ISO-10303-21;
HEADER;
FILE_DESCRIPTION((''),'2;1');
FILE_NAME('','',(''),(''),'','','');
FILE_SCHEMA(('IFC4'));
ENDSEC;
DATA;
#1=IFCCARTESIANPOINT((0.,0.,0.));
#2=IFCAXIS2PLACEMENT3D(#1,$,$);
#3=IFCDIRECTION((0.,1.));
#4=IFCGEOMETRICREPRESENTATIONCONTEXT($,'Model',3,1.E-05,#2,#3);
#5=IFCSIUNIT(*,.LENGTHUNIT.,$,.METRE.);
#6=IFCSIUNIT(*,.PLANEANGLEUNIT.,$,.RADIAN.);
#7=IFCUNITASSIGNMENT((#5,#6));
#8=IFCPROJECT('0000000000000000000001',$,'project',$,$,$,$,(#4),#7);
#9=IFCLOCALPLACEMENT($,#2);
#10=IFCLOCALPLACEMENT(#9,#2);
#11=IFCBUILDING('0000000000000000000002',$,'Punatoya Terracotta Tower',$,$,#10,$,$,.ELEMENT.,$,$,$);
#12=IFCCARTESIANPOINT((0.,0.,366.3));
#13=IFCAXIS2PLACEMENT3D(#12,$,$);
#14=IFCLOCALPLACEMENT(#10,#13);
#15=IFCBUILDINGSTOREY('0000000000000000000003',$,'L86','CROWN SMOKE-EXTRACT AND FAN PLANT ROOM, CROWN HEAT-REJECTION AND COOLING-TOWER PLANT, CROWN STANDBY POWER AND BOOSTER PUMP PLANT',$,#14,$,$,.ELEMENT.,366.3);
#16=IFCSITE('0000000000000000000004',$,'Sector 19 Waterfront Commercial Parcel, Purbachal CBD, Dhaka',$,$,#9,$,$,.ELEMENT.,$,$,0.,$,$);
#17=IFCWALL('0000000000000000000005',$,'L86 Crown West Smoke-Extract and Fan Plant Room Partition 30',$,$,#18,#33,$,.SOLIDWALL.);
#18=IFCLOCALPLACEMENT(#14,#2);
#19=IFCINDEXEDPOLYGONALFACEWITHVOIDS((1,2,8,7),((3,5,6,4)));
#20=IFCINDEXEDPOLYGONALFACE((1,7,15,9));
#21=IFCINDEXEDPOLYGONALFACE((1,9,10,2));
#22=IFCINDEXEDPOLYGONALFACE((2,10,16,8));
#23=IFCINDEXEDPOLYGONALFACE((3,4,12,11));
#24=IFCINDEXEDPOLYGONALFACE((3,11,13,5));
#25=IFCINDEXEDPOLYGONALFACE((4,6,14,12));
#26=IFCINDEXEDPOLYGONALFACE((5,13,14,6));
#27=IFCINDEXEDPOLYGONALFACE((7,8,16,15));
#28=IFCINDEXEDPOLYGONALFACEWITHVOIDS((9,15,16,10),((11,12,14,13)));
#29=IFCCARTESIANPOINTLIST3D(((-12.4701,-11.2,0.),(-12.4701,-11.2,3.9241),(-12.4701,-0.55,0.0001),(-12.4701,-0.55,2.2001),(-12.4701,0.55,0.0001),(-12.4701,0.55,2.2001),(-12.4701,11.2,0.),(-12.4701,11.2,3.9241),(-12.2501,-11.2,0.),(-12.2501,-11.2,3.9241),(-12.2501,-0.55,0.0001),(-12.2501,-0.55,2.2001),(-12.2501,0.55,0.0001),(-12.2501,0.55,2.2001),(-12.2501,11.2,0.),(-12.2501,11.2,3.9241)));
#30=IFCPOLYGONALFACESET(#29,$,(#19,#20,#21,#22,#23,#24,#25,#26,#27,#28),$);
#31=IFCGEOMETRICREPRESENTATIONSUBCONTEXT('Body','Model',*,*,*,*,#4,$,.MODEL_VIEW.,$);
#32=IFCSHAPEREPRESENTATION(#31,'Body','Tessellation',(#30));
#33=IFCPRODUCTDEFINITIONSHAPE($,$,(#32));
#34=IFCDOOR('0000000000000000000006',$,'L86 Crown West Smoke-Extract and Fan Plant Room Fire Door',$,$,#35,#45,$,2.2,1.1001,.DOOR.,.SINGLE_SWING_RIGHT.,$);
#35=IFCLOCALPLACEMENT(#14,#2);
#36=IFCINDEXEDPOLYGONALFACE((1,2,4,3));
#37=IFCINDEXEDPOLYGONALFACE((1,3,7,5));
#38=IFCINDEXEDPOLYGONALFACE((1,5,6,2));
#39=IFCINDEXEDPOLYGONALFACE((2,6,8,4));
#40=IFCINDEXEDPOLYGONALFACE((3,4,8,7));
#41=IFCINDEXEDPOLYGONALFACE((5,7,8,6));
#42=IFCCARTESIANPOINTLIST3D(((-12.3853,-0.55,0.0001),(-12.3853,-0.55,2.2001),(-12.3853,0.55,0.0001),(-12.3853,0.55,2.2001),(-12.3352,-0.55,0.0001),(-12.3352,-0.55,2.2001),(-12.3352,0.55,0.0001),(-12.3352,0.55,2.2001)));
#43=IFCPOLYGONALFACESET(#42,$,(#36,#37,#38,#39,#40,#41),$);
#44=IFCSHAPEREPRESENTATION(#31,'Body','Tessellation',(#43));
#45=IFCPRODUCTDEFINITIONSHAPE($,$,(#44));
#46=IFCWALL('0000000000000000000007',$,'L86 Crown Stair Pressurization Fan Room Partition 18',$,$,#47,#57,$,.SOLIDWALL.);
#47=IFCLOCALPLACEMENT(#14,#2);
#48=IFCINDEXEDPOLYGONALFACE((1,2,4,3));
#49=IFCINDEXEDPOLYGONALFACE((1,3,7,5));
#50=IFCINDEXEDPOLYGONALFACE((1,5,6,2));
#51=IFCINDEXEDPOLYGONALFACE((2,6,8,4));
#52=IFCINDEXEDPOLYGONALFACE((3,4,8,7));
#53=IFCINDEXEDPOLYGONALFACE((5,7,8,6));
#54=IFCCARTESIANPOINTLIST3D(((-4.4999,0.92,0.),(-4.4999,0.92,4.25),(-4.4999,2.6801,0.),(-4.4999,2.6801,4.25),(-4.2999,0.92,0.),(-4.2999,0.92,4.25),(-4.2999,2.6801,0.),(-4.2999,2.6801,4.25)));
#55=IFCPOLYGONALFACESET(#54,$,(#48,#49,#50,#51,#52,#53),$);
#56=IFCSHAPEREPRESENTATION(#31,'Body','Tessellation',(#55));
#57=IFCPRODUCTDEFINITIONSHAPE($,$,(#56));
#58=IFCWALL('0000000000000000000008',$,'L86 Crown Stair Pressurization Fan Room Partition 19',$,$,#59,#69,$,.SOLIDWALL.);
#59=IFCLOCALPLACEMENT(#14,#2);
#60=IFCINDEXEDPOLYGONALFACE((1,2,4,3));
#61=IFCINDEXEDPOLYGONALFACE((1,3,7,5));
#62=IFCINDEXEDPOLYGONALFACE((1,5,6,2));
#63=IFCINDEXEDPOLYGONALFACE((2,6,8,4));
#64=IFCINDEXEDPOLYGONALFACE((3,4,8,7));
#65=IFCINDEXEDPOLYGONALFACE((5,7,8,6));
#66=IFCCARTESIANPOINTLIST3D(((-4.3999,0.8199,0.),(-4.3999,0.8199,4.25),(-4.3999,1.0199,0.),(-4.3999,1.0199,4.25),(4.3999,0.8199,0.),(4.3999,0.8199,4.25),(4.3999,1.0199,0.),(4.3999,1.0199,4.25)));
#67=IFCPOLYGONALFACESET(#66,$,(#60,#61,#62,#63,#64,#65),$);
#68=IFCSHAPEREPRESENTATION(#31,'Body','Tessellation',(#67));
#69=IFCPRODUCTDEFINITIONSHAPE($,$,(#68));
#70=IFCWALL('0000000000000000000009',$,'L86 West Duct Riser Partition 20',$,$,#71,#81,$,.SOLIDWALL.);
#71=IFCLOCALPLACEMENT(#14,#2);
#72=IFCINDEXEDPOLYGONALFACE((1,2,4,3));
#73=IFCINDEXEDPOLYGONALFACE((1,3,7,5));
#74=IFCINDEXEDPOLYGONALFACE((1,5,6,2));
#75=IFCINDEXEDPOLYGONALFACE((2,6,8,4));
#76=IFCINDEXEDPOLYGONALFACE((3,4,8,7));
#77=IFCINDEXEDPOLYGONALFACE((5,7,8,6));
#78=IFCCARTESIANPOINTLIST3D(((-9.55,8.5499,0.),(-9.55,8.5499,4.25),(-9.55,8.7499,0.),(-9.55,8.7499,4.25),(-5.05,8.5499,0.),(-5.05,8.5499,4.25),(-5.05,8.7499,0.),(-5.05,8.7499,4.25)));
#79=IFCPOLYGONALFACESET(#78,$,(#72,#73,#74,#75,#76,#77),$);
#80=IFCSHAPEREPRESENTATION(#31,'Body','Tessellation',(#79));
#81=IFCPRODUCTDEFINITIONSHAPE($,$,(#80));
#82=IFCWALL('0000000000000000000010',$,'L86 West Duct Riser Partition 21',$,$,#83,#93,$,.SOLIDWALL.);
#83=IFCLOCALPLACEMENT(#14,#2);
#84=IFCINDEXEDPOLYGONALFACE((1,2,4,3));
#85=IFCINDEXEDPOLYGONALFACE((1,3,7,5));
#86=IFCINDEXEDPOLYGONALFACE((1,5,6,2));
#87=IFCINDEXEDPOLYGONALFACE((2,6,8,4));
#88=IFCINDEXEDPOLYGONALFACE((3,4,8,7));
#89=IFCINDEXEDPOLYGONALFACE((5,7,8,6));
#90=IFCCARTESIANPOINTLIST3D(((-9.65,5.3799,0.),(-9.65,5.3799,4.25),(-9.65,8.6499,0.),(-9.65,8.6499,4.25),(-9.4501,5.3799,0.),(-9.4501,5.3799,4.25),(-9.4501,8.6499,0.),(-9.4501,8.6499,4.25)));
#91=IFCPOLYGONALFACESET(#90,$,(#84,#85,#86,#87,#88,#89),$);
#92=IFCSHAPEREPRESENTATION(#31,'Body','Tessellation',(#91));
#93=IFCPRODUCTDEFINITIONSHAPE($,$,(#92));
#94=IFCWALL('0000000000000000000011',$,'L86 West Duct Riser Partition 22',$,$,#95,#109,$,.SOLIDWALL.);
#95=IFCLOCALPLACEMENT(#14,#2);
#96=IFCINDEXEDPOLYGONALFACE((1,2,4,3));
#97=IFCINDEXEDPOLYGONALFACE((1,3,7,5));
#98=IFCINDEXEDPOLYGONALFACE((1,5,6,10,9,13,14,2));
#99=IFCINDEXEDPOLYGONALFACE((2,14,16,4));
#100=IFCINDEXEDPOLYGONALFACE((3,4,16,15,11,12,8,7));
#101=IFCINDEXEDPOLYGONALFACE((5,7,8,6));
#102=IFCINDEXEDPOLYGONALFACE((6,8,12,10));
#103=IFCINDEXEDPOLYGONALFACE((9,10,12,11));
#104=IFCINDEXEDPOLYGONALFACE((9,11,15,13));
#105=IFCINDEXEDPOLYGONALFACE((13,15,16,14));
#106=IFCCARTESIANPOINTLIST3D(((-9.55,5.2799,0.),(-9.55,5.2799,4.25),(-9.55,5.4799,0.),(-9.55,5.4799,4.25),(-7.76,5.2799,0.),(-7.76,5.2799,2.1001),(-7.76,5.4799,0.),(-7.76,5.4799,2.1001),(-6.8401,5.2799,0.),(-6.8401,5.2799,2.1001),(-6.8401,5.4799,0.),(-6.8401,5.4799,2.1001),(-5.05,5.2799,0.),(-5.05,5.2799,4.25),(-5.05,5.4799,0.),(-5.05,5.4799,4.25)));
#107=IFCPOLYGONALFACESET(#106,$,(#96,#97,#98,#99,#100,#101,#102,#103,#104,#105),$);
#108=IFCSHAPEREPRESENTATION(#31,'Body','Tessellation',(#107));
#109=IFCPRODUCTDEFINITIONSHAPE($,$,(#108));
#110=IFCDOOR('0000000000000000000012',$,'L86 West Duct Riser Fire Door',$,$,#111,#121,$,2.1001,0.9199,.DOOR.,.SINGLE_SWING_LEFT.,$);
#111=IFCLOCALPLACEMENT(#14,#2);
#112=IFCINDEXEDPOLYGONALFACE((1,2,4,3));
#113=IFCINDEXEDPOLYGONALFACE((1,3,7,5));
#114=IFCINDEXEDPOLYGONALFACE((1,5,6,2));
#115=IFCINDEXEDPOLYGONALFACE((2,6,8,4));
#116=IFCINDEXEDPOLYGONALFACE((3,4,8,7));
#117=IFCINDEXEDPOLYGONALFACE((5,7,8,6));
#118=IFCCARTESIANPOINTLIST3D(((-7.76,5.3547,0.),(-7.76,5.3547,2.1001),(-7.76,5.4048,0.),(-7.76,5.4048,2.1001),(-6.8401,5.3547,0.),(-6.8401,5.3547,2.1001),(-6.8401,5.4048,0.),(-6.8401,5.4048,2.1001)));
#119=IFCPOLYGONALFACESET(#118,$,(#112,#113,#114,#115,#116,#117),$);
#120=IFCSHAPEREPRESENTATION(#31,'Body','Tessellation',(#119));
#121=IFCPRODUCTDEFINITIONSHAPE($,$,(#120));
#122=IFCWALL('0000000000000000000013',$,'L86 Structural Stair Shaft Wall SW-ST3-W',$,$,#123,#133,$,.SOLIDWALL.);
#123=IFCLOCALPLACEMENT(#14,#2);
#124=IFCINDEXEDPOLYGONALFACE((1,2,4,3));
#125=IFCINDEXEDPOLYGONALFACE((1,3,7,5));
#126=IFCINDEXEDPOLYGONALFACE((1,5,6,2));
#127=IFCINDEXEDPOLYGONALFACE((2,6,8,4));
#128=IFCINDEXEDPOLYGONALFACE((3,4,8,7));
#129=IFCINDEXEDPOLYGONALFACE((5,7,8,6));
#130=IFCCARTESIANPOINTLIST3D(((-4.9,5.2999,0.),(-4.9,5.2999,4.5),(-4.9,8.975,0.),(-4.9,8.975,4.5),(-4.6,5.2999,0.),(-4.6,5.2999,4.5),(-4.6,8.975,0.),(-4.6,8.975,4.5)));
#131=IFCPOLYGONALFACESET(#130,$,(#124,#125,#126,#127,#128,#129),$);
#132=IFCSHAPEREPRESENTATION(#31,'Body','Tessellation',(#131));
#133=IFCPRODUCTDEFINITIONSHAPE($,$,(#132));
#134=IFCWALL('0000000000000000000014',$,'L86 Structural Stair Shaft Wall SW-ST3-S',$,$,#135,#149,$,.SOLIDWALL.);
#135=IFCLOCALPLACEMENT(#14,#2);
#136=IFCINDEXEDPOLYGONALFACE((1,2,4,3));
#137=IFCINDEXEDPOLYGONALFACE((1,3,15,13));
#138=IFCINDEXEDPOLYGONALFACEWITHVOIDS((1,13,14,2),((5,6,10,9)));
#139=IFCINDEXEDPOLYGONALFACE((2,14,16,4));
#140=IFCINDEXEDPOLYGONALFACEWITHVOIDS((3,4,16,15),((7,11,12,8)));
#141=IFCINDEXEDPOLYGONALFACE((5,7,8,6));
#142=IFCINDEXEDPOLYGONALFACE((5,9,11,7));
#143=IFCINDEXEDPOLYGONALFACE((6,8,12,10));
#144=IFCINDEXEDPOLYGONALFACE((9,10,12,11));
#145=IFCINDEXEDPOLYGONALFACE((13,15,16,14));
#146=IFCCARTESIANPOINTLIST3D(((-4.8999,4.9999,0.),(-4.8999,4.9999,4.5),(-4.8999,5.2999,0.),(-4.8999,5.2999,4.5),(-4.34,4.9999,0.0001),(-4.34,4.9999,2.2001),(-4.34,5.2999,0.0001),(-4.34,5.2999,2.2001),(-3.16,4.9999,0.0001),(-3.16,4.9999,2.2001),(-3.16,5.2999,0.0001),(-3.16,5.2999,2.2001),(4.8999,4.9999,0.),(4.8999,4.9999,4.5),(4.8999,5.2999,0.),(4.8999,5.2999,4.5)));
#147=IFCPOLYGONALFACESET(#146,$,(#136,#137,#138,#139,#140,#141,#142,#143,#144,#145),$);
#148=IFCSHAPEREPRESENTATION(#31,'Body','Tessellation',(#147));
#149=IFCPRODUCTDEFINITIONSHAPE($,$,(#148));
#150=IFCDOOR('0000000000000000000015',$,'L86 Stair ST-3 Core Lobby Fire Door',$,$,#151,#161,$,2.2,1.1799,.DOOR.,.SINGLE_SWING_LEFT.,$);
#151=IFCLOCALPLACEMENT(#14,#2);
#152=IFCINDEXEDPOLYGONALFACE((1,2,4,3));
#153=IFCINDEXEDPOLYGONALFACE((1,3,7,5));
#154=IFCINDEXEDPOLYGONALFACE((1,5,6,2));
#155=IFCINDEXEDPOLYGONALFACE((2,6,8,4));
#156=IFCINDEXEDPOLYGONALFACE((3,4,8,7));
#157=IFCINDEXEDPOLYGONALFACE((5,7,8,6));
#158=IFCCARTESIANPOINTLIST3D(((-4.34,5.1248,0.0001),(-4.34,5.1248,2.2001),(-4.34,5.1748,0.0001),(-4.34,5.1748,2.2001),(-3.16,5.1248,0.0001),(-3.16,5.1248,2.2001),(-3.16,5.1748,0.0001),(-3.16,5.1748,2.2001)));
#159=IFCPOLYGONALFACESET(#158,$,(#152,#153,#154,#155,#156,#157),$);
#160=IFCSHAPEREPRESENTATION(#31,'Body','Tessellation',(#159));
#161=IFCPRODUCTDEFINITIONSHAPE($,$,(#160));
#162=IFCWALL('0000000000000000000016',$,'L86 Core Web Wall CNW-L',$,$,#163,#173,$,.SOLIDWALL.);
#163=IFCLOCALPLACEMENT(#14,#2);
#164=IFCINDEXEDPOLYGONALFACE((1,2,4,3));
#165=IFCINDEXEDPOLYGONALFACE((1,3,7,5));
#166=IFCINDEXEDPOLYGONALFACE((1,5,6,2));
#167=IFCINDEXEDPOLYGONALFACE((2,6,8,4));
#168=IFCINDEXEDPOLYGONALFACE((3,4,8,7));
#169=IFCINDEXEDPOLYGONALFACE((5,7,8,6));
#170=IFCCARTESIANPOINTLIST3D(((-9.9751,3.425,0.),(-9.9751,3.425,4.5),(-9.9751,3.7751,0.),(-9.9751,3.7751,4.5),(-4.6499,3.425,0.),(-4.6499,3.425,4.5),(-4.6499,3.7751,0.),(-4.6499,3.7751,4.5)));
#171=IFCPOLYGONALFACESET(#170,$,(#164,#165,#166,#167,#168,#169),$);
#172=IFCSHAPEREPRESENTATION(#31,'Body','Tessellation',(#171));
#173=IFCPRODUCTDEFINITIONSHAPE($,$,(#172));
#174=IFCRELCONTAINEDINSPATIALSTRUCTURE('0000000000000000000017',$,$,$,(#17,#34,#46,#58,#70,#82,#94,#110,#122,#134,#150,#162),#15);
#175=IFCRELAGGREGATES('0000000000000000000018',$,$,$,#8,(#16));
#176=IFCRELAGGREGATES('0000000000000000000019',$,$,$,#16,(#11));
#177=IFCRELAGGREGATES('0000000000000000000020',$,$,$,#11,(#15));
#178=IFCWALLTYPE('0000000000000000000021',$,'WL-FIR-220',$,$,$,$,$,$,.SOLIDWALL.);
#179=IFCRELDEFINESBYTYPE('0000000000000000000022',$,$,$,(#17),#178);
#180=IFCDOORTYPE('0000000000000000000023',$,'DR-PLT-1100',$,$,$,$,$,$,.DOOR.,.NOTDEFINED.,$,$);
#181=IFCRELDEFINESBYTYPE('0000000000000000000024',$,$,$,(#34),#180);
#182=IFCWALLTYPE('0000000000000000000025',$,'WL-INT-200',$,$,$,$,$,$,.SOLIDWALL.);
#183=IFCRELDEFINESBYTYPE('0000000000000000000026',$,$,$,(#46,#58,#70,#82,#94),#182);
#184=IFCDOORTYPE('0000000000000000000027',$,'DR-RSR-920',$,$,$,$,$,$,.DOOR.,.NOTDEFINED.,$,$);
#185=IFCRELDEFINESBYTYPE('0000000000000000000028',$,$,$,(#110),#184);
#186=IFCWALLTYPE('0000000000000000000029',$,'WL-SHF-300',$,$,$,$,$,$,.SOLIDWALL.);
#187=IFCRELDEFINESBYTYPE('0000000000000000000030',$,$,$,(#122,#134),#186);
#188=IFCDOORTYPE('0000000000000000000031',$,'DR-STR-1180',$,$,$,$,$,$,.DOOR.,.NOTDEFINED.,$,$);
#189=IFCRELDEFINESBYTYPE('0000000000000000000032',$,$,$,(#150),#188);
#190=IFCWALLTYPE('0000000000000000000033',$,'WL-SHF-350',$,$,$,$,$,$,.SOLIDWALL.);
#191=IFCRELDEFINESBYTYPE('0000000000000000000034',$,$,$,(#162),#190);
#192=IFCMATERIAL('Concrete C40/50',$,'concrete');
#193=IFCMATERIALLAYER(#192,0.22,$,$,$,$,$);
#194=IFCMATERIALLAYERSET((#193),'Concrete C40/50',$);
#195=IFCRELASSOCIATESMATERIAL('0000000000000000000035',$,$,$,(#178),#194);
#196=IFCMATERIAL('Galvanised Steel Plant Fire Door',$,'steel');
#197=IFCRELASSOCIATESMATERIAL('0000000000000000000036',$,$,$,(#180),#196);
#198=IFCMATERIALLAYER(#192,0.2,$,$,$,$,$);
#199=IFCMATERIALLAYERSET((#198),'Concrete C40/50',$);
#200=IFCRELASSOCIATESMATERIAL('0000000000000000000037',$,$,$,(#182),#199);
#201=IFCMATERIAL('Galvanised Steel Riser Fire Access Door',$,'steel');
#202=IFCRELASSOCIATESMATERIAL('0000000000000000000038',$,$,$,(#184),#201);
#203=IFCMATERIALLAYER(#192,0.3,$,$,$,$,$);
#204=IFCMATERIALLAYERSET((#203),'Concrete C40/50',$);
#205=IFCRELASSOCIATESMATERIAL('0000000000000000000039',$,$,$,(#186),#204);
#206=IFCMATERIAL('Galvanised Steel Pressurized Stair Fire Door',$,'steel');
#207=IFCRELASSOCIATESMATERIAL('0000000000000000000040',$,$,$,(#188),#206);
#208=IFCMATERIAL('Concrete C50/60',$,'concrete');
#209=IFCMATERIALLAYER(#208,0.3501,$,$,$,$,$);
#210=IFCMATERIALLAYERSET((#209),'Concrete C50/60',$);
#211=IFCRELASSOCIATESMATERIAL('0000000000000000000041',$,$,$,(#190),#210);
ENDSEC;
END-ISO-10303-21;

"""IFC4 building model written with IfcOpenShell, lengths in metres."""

from ifc_helpers import new_model, si_unit, direction, frame, frame_2d, origin, place, context, subcontext, project, spatial, rectangle, extrude, material, layer, layer_set, type_object, element, fill, save


model = new_model("IFC4")

# Units and contexts
model_context = context("Model", 3, precision=1e-05, world=origin(), true_north=direction((0.0, 1.0)))
body_context = subcontext(model_context, "Body", "Model", "MODEL_VIEW")
ifc_project = project(units=[si_unit("LENGTHUNIT", "METRE"), si_unit("PLANEANGLEUNIT", "RADIAN")], contexts=[model_context])

# Site, building, storey
site_placement = place(None, origin())
site = spatial("IfcSite", under=ifc_project, at=site_placement, Name="Sector 19 Waterfront Commercial Parcel, Purbachal CBD, Dhaka", CompositionType="ELEMENT", RefElevation=0.0)
building_placement = place(site_placement, origin())
building = spatial("IfcBuilding", under=site, at=building_placement, Name="Punatoya Terracotta Tower", CompositionType="ELEMENT")
storey_placement = place(building_placement, frame((0.0, 0.0, 366.3)))
storey = spatial("IfcBuildingStorey", under=building, at=storey_placement, Name="L86", Description="CROWN SMOKE-EXTRACT AND FAN PLANT ROOM, CROWN HEAT-REJECTION AND COOLING-TOWER PLANT, CROWN STANDBY POWER AND BOOSTER PUMP PLANT", CompositionType="ELEMENT", Elevation=366.3)

# Shared definitions
ifc_material_1 = material(Name="Concrete C50/60", Category="concrete")

# Shared definitions
ifc_material_2 = material(Name="Concrete C40/50", Category="concrete")
ifc_layer_1 = layer(ifc_material_2, 0.22)
ifc_layer_set_1 = layer_set([ifc_layer_1], Name="Concrete C40/50")
wall_type_1 = type_object("IfcWallType", Name="WL-FIR-220", PredefinedType="SOLIDWALL", material=ifc_layer_set_1)

# Wall, opening, door
wall_1_placement = place(storey_placement, frame((-12.3601, 11.2, 0.0), z_axis=(0.0, 0.0, 1.0), x_axis=(0.0, -1.0, 0.0)))
wall_1 = element("IfcWall", 1, at=wall_1_placement, inside=storey, type_object=wall_type_1, Name="L86 Crown West Smoke-Extract and Fan Plant Room Partition 30", PredefinedType="SOLIDWALL", context=body_context, shape_type="SweptSolid", body=[
    extrude(rectangle(XDim=22.3999, YDim=0.22, at=frame_2d((11.2, 0.0))), origin(), (0.0, 0.0, 1.0), 3.9241),
])
opening_1_placement = place(wall_1_placement, frame((10.6499, 0.0, 0.0)))
opening_1 = element("IfcOpeningElement", 2, at=opening_1_placement, cuts=wall_1, PredefinedType="OPENING", context=body_context, shape_type="SweptSolid", body=[
    extrude(rectangle(XDim=1.1001, YDim=2.2, at=frame_2d((0.55, 1.1001))), frame((0.0, 0.1199, 0.0), z_axis=(0.0, -1.0, 0.0), x_axis=(1.0, 0.0, 0.0)), (0.0, 0.0, 1.0), 0.24),
])
ifc_material_3 = material(Name="Galvanised Steel Plant Fire Door", Category="steel")
door_type_1 = type_object("IfcDoorType", Name="DR-PLT-1100", OperationType="NOTDEFINED", PredefinedType="DOOR", material=ifc_material_3)
door_1_placement = place(opening_1_placement, origin())
door_1 = element("IfcDoor", 3, at=door_1_placement, inside=storey, type_object=door_type_1, Name="L86 Crown West Smoke-Extract and Fan Plant Room Fire Door", OperationType="SINGLE_SWING_RIGHT", OverallHeight=2.2, OverallWidth=1.1001, PredefinedType="DOOR", context=body_context, shape_type="SweptSolid", body=[
    extrude(rectangle(XDim=1.1001, YDim=2.2, at=frame_2d((0.55, 1.1001))), frame((0.0, 0.0249, 0.0), z_axis=(0.0, -1.0, 0.0), x_axis=(1.0, 0.0, 0.0)), (0.0, 0.0, 1.0), 0.05),
])
fill(opening_1, door_1)

# Walls
ifc_layer_2 = layer(ifc_material_2, 0.2)
ifc_layer_set_2 = layer_set([ifc_layer_2], Name="Concrete C40/50")
wall_type_2 = type_object("IfcWallType", Name="WL-INT-200", PredefinedType="SOLIDWALL", material=ifc_layer_set_2)
wall_2_placement = place(storey_placement, frame((-4.3999, 2.6799, 0.0), z_axis=(0.0, 0.0, 1.0), x_axis=(0.0, -1.0, 0.0)))
element("IfcWall", 4, at=wall_2_placement, inside=storey, type_object=wall_type_2, Name="L86 Crown Stair Pressurization Fan Room Partition 18", PredefinedType="SOLIDWALL", context=body_context, shape_type="SweptSolid", body=[
    extrude(rectangle(XDim=1.76, YDim=0.2, at=frame_2d((0.8799, 0.0))), origin(), (0.0, 0.0, 1.0), 4.25),
])
wall_3_placement = place(storey_placement, frame((-4.3999, 0.9199, 0.0), z_axis=(0.0, 0.0, 1.0), x_axis=(1.0, 0.0, 0.0)))
element("IfcWall", 5, at=wall_3_placement, inside=storey, type_object=wall_type_2, Name="L86 Crown Stair Pressurization Fan Room Partition 19", PredefinedType="SOLIDWALL", context=body_context, shape_type="SweptSolid", body=[
    extrude(rectangle(XDim=8.7998, YDim=0.2, at=frame_2d((4.3999, 0.0))), origin(), (0.0, 0.0, 1.0), 4.25),
])
wall_4_placement = place(storey_placement, frame((-5.05, 8.6499, 0.0), z_axis=(0.0, 0.0, 1.0), x_axis=(-1.0, 0.0, 0.0)))
element("IfcWall", 6, at=wall_4_placement, inside=storey, type_object=wall_type_2, Name="L86 West Duct Riser Partition 20", PredefinedType="SOLIDWALL", context=body_context, shape_type="SweptSolid", body=[
    extrude(rectangle(XDim=4.5, YDim=0.2, at=frame_2d((2.25, 0.0))), origin(), (0.0, 0.0, 1.0), 4.25),
])
wall_5_placement = place(storey_placement, frame((-9.55, 8.6499, 0.0), z_axis=(0.0, 0.0, 1.0), x_axis=(0.0, -1.0, 0.0)))
element("IfcWall", 7, at=wall_5_placement, inside=storey, type_object=wall_type_2, Name="L86 West Duct Riser Partition 21", PredefinedType="SOLIDWALL", context=body_context, shape_type="SweptSolid", body=[
    extrude(rectangle(XDim=3.27, YDim=0.2, at=frame_2d((1.635, 0.0))), origin(), (0.0, 0.0, 1.0), 4.25),
])

# Wall, opening, door
wall_6_placement = place(storey_placement, frame((-9.55, 5.3799, 0.0), z_axis=(0.0, 0.0, 1.0), x_axis=(1.0, 0.0, 0.0)))
wall_6 = element("IfcWall", 8, at=wall_6_placement, inside=storey, type_object=wall_type_2, Name="L86 West Duct Riser Partition 22", PredefinedType="SOLIDWALL", context=body_context, shape_type="SweptSolid", body=[
    extrude(rectangle(XDim=4.5, YDim=0.2, at=frame_2d((2.25, 0.0))), origin(), (0.0, 0.0, 1.0), 4.25),
])
opening_2_placement = place(wall_6_placement, frame((1.79, 0.0, 0.0)))
opening_2 = element("IfcOpeningElement", 9, at=opening_2_placement, cuts=wall_6, PredefinedType="OPENING", context=body_context, shape_type="SweptSolid", body=[
    extrude(rectangle(XDim=0.9199, YDim=2.1001, at=frame_2d((0.46, 1.05))), frame((0.0, 0.1099, 0.0), z_axis=(0.0, -1.0, 0.0), x_axis=(1.0, 0.0, 0.0)), (0.0, 0.0, 1.0), 0.22),
])
ifc_material_4 = material(Name="Galvanised Steel Riser Fire Access Door", Category="steel")
door_type_2 = type_object("IfcDoorType", Name="DR-RSR-920", OperationType="NOTDEFINED", PredefinedType="DOOR", material=ifc_material_4)
door_2_placement = place(opening_2_placement, origin())
door_2 = element("IfcDoor", 10, at=door_2_placement, inside=storey, type_object=door_type_2, Name="L86 West Duct Riser Fire Door", OperationType="SINGLE_SWING_LEFT", OverallHeight=2.1001, OverallWidth=0.9199, PredefinedType="DOOR", context=body_context, shape_type="SweptSolid", body=[
    extrude(rectangle(XDim=0.9199, YDim=2.1001, at=frame_2d((0.46, 1.05))), frame((0.0, 0.0249, 0.0), z_axis=(0.0, -1.0, 0.0), x_axis=(1.0, 0.0, 0.0)), (0.0, 0.0, 1.0), 0.05),
])
fill(opening_2, door_2)

# Wall
ifc_layer_3 = layer(ifc_material_2, 0.3)
ifc_layer_set_3 = layer_set([ifc_layer_3], Name="Concrete C40/50")
wall_type_3 = type_object("IfcWallType", Name="WL-SHF-300", PredefinedType="SOLIDWALL", material=ifc_layer_set_3)
wall_7_placement = place(storey_placement, frame((-4.75, 5.3, 0.0), z_axis=(0.0, 0.0, 1.0), x_axis=(0.0, 1.0, 0.0)))
element("IfcWall", 11, at=wall_7_placement, inside=storey, type_object=wall_type_3, Name="L86 Structural Stair Shaft Wall SW-ST3-W", PredefinedType="SOLIDWALL", context=body_context, shape_type="SweptSolid", body=[
    extrude(rectangle(XDim=3.675, YDim=0.3, at=frame_2d((1.8374, 0.0))), origin(), (0.0, 0.0, 1.0), 4.5),
])

# Wall, opening, door
wall_8_placement = place(storey_placement, frame((-4.8999, 5.1499, 0.0), z_axis=(0.0, 0.0, 1.0), x_axis=(1.0, 0.0, 0.0)))
wall_8 = element("IfcWall", 12, at=wall_8_placement, inside=storey, type_object=wall_type_3, Name="L86 Structural Stair Shaft Wall SW-ST3-S", PredefinedType="SOLIDWALL", context=body_context, shape_type="SweptSolid", body=[
    extrude(rectangle(XDim=9.7998, YDim=0.3, at=frame_2d((4.8999, 0.0))), origin(), (0.0, 0.0, 1.0), 4.5),
])
opening_3_placement = place(wall_8_placement, frame((0.5601, 0.0, 0.0)))
opening_3 = element("IfcOpeningElement", 13, at=opening_3_placement, cuts=wall_8, PredefinedType="OPENING", context=body_context, shape_type="SweptSolid", body=[
    extrude(rectangle(XDim=1.1799, YDim=2.2, at=frame_2d((0.5898, 1.1001))), frame((0.0, 0.1599, 0.0), z_axis=(0.0, -1.0, 0.0), x_axis=(1.0, 0.0, 0.0)), (0.0, 0.0, 1.0), 0.3201),
])
ifc_material_5 = material(Name="Galvanised Steel Pressurized Stair Fire Door", Category="steel")
door_type_3 = type_object("IfcDoorType", Name="DR-STR-1180", OperationType="NOTDEFINED", PredefinedType="DOOR", material=ifc_material_5)
door_3_placement = place(opening_3_placement, origin())
door_3 = element("IfcDoor", 14, at=door_3_placement, inside=storey, type_object=door_type_3, Name="L86 Stair ST-3 Core Lobby Fire Door", OperationType="SINGLE_SWING_LEFT", OverallHeight=2.2, OverallWidth=1.1799, PredefinedType="DOOR", context=body_context, shape_type="SweptSolid", body=[
    extrude(rectangle(XDim=1.1799, YDim=2.2, at=frame_2d((0.5898, 1.1001))), frame((0.0, 0.0249, 0.0), z_axis=(0.0, -1.0, 0.0), x_axis=(1.0, 0.0, 0.0)), (0.0, 0.0, 1.0), 0.05),
])
fill(opening_3, door_3)

# Wall
ifc_layer_4 = layer(ifc_material_1, 0.3501)
ifc_layer_set_4 = layer_set([ifc_layer_4], Name="Concrete C50/60")
wall_type_4 = type_object("IfcWallType", Name="WL-SHF-350", PredefinedType="SOLIDWALL", material=ifc_layer_set_4)
wall_9_placement = place(storey_placement, frame((-9.9751, 3.6001, 0.0), z_axis=(0.0, 0.0, 1.0), x_axis=(1.0, 0.0, 0.0)))
element("IfcWall", 15, at=wall_9_placement, inside=storey, type_object=wall_type_4, Name="L86 Core Web Wall CNW-L", PredefinedType="SOLIDWALL", context=body_context, shape_type="SweptSolid", body=[
    extrude(rectangle(XDim=5.3252, YDim=0.3501, at=frame_2d((2.6626, 0.0))), origin(), (0.0, 0.0, 1.0), 4.5),
])

save(model, "model.ifc")
